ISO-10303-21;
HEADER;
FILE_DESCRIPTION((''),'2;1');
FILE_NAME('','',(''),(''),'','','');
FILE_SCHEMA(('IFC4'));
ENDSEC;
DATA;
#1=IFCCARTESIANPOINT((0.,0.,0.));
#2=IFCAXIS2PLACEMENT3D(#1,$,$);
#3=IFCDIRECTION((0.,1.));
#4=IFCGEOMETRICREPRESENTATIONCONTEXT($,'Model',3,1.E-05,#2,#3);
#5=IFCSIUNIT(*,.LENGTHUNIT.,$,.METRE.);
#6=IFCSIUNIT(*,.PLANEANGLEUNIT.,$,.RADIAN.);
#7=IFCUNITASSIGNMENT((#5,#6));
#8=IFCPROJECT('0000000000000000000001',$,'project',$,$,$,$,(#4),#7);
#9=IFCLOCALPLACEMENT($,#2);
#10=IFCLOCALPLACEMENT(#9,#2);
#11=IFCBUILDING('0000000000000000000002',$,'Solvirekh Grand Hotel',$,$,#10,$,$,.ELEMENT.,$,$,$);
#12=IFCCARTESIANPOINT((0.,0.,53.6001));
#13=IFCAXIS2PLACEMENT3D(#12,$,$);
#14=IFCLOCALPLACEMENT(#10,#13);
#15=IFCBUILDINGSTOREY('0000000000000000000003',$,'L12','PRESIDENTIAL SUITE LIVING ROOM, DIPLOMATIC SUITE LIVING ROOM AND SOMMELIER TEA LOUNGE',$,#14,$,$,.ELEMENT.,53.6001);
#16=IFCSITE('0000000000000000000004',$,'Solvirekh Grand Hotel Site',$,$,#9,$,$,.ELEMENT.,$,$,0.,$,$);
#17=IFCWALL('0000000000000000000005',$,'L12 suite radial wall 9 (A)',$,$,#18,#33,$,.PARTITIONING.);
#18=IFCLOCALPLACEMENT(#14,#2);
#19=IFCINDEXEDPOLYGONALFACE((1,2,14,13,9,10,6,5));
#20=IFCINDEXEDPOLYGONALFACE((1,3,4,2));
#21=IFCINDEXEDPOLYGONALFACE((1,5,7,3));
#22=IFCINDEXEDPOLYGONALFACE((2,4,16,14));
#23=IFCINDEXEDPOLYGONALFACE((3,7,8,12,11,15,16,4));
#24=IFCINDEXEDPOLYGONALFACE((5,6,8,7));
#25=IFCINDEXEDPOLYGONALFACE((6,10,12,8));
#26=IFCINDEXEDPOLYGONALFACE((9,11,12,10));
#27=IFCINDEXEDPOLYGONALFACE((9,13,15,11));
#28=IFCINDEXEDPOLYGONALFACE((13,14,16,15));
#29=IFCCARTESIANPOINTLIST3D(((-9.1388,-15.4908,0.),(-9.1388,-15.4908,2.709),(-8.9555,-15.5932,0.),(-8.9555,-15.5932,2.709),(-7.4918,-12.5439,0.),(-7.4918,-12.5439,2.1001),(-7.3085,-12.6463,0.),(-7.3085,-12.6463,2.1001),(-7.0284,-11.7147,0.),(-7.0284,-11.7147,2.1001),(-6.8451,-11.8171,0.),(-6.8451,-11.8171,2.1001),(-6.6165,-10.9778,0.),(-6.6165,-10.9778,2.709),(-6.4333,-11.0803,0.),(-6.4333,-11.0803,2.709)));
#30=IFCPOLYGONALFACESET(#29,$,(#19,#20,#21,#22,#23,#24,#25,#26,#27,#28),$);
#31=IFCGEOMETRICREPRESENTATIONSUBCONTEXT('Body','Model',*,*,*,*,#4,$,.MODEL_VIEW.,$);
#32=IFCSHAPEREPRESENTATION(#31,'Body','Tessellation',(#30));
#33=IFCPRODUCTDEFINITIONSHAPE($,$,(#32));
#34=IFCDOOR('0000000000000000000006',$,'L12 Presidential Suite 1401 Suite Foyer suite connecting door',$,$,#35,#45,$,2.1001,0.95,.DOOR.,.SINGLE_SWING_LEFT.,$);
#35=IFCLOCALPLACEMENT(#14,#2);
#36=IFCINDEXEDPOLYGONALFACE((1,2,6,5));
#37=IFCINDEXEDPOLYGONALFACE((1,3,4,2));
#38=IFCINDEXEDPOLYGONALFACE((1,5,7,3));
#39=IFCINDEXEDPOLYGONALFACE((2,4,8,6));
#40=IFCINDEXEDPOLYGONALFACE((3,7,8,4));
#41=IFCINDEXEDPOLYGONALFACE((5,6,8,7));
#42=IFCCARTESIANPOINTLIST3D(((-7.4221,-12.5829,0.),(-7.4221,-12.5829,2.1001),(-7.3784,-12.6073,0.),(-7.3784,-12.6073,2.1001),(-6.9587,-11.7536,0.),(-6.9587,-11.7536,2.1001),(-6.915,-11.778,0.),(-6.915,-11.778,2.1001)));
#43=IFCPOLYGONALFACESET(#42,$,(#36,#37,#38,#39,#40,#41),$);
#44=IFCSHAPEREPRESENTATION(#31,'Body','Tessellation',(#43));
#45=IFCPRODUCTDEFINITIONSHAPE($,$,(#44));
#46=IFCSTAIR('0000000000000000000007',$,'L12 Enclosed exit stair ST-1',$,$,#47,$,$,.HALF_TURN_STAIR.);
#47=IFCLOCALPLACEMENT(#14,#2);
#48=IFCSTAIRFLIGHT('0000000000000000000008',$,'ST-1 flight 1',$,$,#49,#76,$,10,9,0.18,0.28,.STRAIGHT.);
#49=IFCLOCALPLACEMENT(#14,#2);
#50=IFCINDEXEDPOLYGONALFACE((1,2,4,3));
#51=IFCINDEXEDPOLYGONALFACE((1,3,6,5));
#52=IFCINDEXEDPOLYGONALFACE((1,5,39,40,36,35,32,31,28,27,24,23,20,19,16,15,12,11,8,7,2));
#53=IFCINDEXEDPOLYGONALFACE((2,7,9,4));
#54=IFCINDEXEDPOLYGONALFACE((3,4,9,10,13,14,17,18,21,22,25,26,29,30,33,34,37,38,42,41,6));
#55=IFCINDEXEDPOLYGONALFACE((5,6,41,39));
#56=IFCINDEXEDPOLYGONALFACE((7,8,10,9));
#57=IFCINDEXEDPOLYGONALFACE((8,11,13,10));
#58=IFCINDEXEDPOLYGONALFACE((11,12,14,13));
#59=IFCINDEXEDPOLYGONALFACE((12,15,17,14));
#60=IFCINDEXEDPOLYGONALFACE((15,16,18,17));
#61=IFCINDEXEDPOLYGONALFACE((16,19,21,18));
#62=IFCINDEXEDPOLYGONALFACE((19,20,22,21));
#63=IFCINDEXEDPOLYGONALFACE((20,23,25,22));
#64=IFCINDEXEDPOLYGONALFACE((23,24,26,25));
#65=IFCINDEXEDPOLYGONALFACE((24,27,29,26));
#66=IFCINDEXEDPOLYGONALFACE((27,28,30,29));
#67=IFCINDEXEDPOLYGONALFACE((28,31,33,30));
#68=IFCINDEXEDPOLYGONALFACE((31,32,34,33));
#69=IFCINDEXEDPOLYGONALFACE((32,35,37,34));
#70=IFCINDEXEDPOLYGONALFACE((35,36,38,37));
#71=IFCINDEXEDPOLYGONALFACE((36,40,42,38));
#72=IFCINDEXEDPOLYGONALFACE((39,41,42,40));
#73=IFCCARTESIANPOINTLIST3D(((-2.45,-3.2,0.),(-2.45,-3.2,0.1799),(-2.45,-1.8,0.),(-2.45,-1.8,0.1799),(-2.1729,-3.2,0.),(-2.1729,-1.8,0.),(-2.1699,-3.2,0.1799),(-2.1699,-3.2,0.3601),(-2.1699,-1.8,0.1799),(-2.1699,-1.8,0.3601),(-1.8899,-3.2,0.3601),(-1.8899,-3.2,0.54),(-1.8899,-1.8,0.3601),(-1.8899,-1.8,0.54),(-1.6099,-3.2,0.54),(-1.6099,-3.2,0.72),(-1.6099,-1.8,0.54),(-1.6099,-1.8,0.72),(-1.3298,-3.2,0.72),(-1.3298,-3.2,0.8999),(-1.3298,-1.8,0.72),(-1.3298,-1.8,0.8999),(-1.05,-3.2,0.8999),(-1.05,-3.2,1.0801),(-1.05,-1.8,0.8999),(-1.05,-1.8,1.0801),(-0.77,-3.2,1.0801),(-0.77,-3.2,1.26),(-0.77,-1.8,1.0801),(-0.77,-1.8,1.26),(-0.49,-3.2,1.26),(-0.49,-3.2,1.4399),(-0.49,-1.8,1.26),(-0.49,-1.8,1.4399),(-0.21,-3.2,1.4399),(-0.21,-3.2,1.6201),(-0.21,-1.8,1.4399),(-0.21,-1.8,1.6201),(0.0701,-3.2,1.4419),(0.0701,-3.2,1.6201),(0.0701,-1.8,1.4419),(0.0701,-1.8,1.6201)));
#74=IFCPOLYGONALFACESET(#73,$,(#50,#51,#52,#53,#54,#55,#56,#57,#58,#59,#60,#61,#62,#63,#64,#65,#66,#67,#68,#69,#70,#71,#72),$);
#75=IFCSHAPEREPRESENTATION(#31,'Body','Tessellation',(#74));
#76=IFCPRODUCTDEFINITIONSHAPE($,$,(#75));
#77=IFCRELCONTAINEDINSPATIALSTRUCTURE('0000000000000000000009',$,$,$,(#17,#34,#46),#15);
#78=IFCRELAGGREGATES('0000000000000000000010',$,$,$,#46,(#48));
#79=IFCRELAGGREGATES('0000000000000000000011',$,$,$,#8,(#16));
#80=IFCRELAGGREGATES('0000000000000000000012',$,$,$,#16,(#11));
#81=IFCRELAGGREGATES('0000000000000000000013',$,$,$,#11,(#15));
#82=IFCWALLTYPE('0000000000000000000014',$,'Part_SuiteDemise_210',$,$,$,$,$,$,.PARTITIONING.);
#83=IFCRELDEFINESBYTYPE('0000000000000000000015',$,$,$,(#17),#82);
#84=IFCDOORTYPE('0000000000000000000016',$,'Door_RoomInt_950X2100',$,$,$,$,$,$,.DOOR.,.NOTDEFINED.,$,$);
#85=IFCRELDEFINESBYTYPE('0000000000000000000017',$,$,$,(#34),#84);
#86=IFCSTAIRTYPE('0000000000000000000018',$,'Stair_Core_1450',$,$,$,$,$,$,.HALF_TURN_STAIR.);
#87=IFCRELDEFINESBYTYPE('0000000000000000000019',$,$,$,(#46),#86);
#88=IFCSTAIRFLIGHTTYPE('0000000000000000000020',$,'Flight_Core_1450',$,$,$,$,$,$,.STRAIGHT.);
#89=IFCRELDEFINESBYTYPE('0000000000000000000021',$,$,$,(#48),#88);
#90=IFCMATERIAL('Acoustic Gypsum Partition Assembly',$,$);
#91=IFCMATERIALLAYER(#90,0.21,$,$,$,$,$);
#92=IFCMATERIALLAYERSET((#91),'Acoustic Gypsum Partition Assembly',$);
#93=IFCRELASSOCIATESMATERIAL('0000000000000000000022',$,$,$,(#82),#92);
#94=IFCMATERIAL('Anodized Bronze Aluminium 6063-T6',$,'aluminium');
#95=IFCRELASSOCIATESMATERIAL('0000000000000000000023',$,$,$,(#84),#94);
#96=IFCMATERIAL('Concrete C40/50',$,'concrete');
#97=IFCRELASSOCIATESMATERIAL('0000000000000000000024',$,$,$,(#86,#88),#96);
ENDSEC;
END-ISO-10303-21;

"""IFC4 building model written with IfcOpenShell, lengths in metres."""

from ifc_helpers import new_model, si_unit, direction, frame, frame_2d, origin, place, context, subcontext, project, spatial, polyline, rectangle, outline, extrude, material, layer, layer_set, type_object, element, fill, aggregate, save


model = new_model("IFC4")

# Units and contexts
model_context = context("Model", 3, precision=1e-05, world=origin(), true_north=direction((0.0, 1.0)))
body_context = subcontext(model_context, "Body", "Model", "MODEL_VIEW")
ifc_project = project(units=[si_unit("LENGTHUNIT", "METRE"), si_unit("PLANEANGLEUNIT", "RADIAN")], contexts=[model_context])

# Site, building, storey
site_placement = place(None, origin())
site = spatial("IfcSite", under=ifc_project, at=site_placement, Name="Solvirekh Grand Hotel Site", CompositionType="ELEMENT", RefElevation=0.0)
building_placement = place(site_placement, origin())
building = spatial("IfcBuilding", under=site, at=building_placement, Name="Solvirekh Grand Hotel", CompositionType="ELEMENT")
storey_placement = place(building_placement, frame((0.0, 0.0, 53.6001)))
storey = spatial("IfcBuildingStorey", under=building, at=storey_placement, Name="L12", Description="PRESIDENTIAL SUITE LIVING ROOM, DIPLOMATIC SUITE LIVING ROOM AND SOMMELIER TEA LOUNGE", CompositionType="ELEMENT", Elevation=53.6001)

# Shared definitions
ifc_material_1 = material(Name="Anodized Bronze Aluminium 6063-T6", Category="aluminium")

# Shared definitions
ifc_material_2 = material(Name="Concrete C40/50", Category="concrete")

# Shared definitions
ifc_material_3 = material(Name="Acoustic Gypsum Partition Assembly")

# Wall, opening, door
ifc_layer_1 = layer(ifc_material_3, 0.21)
ifc_layer_set_1 = layer_set([ifc_layer_1], Name="Acoustic Gypsum Partition Assembly")
wall_type_1 = type_object("IfcWallType", Name="Part_SuiteDemise_210", PredefinedType="PARTITIONING", material=ifc_layer_set_1)
wall_1_placement = place(storey_placement, frame((-6.5249, -11.0291, 0.0), z_axis=(0.0, 0.0, 1.0), x_axis=(-0.487863, -0.87292, 0.0)))
wall_1 = element("IfcWall", 1, at=wall_1_placement, inside=storey, type_object=wall_type_1, Name="L12 suite radial wall 9 (A)", PredefinedType="PARTITIONING", context=body_context, shape_type="SweptSolid", body=[
    extrude(rectangle(XDim=5.1699, YDim=0.21, at=frame_2d((2.585, 0.0))), origin(), (0.0, 0.0, 1.0), 2.709),
])
opening_1_placement = place(wall_1_placement, frame((0.844, 0.0, 0.0)))
opening_1 = element("IfcOpeningElement", 2, at=opening_1_placement, cuts=wall_1, PredefinedType="OPENING", context=body_context, shape_type="SweptSolid", body=[
    extrude(rectangle(XDim=0.95, YDim=2.1001, at=frame_2d((0.4751, 1.05))), frame((0.0, 0.115, 0.0), z_axis=(0.0, -1.0, 0.0), x_axis=(1.0, 0.0, 0.0)), (0.0, 0.0, 1.0), 0.23),
])
door_type_1 = type_object("IfcDoorType", Name="Door_RoomInt_950X2100", OperationType="NOTDEFINED", PredefinedType="DOOR", material=ifc_material_1)
door_1_placement = place(opening_1_placement, origin())
door_1 = element("IfcDoor", 3, at=door_1_placement, inside=storey, type_object=door_type_1, Name="L12 Presidential Suite 1401 Suite Foyer suite connecting door", OperationType="SINGLE_SWING_LEFT", OverallHeight=2.1001, OverallWidth=0.95, PredefinedType="DOOR", context=body_context, shape_type="SweptSolid", body=[
    extrude(rectangle(XDim=0.95, YDim=2.1001, at=frame_2d((0.4751, 1.05))), frame((0.0, 0.0249, 0.0), z_axis=(0.0, -1.0, 0.0), x_axis=(1.0, 0.0, 0.0)), (0.0, 0.0, 1.0), 0.05),
])
fill(opening_1, door_1)

# Stair, stair flight
stair_type = type_object("IfcStairType", Name="Stair_Core_1450", PredefinedType="HALF_TURN_STAIR", material=ifc_material_2)
stair_placement = place(storey_placement, origin())
stair = element("IfcStair", 4, at=stair_placement, inside=storey, type_object=stair_type, Name="L12 Enclosed exit stair ST-1", PredefinedType="HALF_TURN_STAIR")
stair_flight_type = type_object("IfcStairFlightType", Name="Flight_Core_1450", PredefinedType="STRAIGHT", material=ifc_material_2)
stair_flight_placement = place(storey_placement, frame((-2.45, -2.5, 0.0), z_axis=(0.0, 0.0, 1.0), x_axis=(1.0, 0.0, 0.0)))
stair_flight = element("IfcStairFlight", 5, at=stair_flight_placement, type_object=stair_flight_type, Name="ST-1 flight 1", NumberOfRisers=10, NumberOfTreads=9, PredefinedType="STRAIGHT", RiserHeight=0.18, TreadLength=0.28, context=body_context, shape_type="SweptSolid", body=[
    extrude(outline(polyline([(0.0, 0.0), (0.0, 0.1799), (0.28, 0.1799), (0.28, 0.3601), (0.5601, 0.3601), (0.5601, 0.54), (0.8401, 0.54), (0.8401, 0.72), (1.1201, 0.72), (1.1201, 0.8999), (1.3999, 0.8999), (1.3999, 1.0801), (1.6799, 1.0801), (1.6799, 1.26), (1.96, 1.26), (1.96, 1.4399), (2.24, 1.4399), (2.24, 1.6201), (2.52, 1.6201), (2.52, 1.8), (2.52, 1.4419), (0.2771, 0.0), (0.0, 0.0)])), frame((0.0, 0.7, 0.0), z_axis=(0.0, -1.0, 0.0), x_axis=(1.0, 0.0, 0.0)), (0.0, 0.0, 1.0), 1.3999),
])
aggregate(stair, [stair_flight])

save(model, "model.ifc")
